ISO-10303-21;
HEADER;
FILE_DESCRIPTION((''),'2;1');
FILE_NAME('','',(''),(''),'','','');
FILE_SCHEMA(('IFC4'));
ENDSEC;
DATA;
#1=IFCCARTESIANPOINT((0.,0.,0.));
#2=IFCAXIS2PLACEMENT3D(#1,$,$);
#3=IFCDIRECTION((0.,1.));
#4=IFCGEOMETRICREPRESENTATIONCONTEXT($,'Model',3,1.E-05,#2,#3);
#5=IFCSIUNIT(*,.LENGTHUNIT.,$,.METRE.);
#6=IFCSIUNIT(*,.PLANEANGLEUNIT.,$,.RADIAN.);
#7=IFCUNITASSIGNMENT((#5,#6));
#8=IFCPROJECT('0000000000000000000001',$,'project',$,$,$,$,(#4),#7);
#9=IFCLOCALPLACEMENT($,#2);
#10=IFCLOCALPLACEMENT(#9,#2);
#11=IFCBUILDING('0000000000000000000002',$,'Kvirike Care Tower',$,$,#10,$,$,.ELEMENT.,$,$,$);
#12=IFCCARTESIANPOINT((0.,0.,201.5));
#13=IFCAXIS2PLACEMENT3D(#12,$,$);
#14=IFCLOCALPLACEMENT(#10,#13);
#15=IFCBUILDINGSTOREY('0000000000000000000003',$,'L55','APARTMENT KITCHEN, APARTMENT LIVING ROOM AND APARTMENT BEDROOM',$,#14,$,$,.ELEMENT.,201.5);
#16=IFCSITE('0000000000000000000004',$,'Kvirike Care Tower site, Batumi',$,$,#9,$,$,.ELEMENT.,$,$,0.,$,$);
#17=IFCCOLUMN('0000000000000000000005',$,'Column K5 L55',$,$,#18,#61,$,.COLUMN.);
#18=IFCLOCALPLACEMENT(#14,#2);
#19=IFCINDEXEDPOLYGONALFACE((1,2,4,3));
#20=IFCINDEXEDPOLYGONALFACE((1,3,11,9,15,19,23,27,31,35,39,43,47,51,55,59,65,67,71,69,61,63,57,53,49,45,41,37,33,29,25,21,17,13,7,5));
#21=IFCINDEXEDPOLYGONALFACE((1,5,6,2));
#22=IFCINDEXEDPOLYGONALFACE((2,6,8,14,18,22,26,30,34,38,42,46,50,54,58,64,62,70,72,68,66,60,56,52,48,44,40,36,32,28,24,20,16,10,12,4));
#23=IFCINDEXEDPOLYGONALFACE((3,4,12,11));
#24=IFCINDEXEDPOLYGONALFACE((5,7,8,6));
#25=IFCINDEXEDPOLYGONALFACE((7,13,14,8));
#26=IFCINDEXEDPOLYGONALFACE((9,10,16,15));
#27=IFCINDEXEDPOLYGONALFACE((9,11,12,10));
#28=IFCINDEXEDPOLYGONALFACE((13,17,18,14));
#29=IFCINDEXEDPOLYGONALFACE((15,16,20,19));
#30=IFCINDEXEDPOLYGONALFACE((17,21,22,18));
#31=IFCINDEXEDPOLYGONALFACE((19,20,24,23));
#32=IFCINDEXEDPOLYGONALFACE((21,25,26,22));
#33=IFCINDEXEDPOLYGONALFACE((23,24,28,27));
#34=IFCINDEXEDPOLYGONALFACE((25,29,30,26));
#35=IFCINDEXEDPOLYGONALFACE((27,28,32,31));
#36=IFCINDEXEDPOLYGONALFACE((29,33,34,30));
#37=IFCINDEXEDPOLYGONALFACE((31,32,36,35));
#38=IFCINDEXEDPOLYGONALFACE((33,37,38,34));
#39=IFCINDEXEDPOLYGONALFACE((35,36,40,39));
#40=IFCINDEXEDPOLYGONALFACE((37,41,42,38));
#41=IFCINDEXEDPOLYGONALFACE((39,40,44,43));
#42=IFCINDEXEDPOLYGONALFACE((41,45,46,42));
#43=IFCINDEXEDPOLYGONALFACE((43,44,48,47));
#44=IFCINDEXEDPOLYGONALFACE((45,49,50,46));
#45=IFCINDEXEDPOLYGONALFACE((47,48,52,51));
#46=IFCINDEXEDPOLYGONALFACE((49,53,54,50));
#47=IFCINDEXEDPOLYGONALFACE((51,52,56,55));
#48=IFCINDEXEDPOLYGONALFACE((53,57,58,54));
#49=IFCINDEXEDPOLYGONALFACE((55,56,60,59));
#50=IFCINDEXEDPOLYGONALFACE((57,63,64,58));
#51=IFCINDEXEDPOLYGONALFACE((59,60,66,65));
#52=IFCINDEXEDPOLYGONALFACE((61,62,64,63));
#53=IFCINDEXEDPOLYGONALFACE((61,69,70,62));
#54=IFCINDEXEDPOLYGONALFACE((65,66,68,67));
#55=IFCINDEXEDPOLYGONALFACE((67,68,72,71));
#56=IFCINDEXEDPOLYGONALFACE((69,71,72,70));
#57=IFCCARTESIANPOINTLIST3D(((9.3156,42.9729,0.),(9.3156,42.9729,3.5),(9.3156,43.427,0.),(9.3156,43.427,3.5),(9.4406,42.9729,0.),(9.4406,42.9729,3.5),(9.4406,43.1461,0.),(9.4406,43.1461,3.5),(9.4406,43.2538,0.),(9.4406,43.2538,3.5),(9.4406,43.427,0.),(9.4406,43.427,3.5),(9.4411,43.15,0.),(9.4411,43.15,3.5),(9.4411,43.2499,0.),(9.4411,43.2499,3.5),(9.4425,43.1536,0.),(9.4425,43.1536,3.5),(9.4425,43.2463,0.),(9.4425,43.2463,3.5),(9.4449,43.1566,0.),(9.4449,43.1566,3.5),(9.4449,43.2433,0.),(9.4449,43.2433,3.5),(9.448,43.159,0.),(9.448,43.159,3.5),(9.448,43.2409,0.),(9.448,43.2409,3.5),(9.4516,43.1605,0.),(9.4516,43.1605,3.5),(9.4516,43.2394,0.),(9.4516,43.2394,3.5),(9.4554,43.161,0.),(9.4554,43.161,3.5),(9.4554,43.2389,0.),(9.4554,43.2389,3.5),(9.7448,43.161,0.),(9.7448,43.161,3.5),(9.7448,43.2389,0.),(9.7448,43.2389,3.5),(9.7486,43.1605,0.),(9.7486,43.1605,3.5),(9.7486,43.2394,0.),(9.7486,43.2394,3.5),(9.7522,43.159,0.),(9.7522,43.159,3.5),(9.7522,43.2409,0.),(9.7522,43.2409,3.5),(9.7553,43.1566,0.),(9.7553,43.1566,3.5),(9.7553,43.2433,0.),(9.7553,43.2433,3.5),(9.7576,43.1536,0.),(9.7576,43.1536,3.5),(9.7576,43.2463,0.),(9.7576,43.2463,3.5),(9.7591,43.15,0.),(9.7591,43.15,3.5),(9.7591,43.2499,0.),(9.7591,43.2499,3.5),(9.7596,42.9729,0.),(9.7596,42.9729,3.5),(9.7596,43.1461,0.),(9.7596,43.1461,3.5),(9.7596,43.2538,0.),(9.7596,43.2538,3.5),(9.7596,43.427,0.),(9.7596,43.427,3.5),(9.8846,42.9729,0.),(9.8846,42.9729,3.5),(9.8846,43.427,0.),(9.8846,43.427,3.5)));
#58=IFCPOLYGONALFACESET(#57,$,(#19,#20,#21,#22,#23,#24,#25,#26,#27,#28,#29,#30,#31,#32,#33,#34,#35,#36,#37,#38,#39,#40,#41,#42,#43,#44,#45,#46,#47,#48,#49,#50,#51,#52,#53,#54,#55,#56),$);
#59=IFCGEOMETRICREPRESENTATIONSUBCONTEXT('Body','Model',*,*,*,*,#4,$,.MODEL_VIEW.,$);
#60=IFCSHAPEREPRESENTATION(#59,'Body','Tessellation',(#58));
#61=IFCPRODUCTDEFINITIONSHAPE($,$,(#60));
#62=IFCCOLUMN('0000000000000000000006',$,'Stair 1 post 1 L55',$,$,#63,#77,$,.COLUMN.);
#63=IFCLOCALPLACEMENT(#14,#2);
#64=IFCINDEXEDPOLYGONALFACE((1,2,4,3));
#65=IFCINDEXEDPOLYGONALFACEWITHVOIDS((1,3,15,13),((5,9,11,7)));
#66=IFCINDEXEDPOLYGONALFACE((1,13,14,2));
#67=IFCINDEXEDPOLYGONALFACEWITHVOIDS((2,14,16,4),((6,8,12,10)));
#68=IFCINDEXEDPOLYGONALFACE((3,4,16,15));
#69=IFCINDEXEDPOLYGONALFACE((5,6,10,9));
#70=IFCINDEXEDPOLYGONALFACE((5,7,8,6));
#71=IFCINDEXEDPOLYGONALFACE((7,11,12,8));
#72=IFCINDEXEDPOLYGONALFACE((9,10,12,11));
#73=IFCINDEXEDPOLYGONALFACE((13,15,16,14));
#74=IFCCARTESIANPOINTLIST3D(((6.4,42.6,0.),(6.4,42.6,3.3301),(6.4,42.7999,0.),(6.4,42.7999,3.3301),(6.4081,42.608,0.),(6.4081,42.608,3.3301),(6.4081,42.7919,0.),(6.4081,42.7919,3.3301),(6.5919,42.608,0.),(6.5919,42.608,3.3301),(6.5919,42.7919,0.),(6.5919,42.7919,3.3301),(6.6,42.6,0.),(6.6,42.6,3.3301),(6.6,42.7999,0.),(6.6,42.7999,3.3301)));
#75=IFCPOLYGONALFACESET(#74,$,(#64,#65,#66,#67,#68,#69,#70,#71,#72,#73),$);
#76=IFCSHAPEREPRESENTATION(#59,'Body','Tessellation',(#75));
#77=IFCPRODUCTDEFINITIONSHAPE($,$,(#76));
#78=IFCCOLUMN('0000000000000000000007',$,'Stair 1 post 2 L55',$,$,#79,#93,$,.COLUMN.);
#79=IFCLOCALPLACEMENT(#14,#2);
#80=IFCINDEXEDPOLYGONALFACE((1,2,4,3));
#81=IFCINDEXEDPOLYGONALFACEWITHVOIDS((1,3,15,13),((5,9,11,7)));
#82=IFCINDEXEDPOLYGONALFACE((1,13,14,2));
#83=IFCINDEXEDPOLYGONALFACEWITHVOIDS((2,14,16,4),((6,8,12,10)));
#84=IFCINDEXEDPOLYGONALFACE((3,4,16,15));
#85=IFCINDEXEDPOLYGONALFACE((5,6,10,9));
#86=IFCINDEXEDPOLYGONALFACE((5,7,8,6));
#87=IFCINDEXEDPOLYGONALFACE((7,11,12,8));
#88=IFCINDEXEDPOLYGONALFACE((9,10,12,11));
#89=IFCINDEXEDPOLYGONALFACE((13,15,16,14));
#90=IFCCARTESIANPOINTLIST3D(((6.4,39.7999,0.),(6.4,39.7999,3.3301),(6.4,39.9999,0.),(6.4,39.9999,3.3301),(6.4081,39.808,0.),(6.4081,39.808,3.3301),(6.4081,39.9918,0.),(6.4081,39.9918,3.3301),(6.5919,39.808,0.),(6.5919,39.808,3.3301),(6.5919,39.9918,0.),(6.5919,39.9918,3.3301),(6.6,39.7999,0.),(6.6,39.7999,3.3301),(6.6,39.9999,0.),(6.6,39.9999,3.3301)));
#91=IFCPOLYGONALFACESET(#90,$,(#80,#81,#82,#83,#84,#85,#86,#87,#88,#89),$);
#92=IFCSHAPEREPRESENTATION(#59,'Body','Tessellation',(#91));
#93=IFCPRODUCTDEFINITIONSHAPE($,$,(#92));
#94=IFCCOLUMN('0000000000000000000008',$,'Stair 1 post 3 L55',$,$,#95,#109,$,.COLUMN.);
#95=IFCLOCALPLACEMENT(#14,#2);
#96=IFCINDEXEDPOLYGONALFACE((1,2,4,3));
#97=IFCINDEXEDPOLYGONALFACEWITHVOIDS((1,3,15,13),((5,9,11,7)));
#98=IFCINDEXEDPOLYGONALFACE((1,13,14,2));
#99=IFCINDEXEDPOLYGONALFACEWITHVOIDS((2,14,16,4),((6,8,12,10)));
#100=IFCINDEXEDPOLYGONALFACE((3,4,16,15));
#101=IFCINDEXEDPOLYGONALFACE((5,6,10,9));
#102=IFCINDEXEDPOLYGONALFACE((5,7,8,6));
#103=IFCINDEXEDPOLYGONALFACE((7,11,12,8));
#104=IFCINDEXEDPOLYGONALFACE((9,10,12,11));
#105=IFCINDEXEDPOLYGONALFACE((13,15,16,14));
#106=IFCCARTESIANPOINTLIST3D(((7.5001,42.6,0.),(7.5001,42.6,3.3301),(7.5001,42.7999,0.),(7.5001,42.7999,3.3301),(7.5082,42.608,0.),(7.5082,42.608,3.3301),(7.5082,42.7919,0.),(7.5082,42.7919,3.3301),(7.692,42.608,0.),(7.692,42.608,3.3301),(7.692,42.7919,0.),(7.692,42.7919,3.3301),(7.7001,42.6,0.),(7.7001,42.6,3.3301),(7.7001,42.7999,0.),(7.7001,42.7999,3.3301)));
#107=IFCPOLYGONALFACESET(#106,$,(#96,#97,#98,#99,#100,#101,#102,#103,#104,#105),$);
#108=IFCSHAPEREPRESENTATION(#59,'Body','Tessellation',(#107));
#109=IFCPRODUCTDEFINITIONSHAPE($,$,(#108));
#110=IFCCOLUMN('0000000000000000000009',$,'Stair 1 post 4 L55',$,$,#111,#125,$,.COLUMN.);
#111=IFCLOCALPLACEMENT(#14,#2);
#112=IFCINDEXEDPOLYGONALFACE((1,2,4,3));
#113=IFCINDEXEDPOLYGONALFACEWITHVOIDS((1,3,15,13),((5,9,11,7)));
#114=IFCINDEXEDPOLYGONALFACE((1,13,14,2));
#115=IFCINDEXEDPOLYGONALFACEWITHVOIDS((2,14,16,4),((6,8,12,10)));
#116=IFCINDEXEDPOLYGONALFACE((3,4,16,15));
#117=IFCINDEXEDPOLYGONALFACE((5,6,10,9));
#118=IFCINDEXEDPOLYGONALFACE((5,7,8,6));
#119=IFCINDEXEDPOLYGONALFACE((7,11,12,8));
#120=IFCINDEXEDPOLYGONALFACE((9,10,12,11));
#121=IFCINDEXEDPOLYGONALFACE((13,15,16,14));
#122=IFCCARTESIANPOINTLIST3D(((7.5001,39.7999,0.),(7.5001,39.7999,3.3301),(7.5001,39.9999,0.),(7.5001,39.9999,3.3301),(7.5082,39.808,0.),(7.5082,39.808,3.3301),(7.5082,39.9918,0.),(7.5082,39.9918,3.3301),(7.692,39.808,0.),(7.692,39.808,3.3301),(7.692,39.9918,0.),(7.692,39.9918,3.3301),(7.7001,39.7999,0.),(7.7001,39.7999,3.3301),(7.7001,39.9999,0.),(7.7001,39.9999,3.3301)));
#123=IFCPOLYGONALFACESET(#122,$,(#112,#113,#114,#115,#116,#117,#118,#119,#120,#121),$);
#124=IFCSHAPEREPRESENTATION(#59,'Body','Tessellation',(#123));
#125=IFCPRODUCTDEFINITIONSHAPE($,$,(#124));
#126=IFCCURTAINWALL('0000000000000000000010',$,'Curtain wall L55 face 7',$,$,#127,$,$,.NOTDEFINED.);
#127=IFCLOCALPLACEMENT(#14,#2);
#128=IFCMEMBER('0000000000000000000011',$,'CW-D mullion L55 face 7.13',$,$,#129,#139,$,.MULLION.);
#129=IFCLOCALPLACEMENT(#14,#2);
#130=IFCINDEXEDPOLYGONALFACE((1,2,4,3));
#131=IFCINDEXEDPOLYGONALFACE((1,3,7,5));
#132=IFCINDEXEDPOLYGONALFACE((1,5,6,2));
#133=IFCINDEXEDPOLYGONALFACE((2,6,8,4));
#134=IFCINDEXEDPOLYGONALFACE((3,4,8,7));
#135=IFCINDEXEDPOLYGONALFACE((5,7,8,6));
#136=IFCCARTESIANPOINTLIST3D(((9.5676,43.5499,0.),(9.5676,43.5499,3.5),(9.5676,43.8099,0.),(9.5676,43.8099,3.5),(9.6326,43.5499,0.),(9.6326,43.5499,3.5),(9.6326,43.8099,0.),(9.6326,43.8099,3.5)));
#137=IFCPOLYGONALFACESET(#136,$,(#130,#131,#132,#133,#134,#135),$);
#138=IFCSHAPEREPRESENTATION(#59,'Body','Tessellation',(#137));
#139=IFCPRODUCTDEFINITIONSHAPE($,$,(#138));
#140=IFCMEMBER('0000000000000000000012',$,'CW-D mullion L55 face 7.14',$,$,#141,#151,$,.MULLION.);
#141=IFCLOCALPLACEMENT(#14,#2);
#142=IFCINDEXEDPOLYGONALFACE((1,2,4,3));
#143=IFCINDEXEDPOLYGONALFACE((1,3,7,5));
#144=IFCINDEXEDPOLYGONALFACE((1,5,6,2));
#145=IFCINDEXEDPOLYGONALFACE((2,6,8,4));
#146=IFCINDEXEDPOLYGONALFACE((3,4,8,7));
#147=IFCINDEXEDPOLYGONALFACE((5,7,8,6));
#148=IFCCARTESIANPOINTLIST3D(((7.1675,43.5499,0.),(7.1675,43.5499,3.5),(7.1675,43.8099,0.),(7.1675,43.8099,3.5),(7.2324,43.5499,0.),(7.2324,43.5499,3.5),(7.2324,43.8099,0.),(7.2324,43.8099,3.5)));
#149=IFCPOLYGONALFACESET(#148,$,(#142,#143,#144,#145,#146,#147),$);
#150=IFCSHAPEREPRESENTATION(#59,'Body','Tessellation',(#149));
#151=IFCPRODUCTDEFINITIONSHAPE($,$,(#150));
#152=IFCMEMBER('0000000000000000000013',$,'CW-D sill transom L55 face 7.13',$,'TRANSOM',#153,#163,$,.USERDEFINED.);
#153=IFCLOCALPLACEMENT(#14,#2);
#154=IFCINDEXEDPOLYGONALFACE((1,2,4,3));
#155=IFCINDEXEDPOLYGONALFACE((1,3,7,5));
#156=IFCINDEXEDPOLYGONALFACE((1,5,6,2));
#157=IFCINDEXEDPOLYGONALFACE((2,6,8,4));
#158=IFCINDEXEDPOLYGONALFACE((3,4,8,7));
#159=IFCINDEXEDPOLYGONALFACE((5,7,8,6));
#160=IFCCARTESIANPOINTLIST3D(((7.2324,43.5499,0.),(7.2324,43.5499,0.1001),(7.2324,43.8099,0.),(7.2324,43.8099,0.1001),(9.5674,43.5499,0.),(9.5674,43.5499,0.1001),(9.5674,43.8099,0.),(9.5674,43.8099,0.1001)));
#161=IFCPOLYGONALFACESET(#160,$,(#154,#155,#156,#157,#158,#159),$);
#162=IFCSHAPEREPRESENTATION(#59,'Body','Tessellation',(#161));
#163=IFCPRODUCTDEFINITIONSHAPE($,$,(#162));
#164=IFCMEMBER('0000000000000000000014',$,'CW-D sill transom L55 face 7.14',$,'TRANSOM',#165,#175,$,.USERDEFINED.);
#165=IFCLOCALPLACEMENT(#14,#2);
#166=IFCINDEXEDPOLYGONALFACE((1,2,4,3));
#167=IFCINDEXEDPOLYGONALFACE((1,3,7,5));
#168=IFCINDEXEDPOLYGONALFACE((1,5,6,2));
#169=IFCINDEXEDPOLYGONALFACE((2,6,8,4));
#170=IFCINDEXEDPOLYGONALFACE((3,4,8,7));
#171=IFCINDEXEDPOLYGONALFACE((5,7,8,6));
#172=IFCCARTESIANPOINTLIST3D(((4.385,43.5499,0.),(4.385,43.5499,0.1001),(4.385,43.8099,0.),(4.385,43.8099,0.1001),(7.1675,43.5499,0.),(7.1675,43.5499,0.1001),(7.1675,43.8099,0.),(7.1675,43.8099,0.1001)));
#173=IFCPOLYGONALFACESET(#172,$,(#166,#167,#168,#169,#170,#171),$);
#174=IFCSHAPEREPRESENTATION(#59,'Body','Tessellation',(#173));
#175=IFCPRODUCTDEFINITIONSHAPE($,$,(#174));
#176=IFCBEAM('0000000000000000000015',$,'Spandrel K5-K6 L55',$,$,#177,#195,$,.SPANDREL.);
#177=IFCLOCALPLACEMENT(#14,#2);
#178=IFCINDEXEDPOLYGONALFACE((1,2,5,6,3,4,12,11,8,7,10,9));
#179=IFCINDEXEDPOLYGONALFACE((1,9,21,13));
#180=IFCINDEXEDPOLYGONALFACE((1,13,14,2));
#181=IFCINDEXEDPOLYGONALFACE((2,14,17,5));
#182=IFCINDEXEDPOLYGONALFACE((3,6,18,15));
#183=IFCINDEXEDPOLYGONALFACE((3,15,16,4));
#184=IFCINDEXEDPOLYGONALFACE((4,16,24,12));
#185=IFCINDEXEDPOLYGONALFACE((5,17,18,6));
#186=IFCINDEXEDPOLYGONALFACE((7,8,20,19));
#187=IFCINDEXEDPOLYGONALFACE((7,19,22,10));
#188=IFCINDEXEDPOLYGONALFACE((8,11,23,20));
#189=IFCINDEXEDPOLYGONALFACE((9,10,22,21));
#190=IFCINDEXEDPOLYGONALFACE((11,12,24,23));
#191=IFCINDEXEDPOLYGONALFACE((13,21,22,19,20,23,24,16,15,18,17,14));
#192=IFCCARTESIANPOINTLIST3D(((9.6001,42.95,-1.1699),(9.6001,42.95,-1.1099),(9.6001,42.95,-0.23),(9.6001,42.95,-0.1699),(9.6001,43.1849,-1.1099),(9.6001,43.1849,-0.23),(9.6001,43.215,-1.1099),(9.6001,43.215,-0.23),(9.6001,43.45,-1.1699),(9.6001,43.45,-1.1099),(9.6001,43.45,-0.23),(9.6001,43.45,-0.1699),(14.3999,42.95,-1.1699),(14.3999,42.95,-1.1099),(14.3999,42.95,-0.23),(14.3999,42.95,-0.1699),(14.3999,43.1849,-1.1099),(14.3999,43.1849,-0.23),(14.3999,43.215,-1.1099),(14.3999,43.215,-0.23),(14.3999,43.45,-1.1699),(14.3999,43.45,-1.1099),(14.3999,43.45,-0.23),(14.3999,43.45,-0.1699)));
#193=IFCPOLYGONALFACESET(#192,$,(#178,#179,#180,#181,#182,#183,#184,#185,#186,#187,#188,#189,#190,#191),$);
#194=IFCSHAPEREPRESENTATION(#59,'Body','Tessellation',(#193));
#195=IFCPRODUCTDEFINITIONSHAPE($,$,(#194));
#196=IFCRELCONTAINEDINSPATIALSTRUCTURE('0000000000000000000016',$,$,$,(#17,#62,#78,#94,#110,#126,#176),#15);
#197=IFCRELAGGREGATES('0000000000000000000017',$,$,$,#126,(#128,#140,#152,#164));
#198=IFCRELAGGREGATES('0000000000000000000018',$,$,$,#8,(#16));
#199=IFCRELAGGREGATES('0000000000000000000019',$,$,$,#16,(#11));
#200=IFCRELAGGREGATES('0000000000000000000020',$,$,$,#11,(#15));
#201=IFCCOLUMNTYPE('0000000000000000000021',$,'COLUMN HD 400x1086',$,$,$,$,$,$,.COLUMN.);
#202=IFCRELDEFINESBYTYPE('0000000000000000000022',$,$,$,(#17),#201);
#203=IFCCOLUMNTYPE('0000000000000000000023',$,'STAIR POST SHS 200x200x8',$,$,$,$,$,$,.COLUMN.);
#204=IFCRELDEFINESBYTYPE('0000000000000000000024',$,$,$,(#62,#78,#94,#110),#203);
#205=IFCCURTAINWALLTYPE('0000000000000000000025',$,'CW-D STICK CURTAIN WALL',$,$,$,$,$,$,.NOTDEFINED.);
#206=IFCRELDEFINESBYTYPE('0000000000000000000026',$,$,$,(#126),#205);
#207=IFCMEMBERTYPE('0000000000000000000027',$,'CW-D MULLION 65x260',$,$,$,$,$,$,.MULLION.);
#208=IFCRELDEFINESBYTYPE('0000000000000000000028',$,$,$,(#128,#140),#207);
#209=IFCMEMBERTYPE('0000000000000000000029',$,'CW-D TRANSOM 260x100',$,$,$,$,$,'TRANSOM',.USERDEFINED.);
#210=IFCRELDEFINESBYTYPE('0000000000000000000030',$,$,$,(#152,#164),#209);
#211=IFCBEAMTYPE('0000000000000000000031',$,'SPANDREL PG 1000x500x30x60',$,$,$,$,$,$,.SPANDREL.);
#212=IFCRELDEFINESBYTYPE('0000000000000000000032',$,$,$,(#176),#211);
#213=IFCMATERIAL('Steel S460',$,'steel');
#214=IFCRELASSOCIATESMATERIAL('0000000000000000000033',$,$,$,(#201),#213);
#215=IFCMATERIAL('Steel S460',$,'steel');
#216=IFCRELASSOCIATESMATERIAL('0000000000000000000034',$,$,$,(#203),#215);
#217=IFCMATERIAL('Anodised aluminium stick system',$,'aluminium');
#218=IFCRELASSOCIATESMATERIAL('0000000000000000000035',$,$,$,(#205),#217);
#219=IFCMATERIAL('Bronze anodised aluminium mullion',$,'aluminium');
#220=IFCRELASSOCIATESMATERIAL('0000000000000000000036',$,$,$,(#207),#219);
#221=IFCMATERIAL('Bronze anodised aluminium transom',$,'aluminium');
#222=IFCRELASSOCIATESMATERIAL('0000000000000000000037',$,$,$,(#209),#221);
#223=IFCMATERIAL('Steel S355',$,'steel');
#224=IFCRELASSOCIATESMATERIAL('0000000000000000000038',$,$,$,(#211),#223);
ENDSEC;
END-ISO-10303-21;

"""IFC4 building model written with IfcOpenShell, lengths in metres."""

from ifc_helpers import new_model, si_unit, direction, frame, origin, origin_2d, place, context, subcontext, project, spatial, rectangle, hollow_rectangle, i_section, extrude, material, material_profile, profile_set, type_object, element, aggregate, save


model = new_model("IFC4")

# Units and contexts
model_context = context("Model", 3, precision=1e-05, world=origin(), true_north=direction((0.0, 1.0)))
body_context = subcontext(model_context, "Body", "Model", "MODEL_VIEW")
ifc_project = project(units=[si_unit("LENGTHUNIT", "METRE"), si_unit("PLANEANGLEUNIT", "RADIAN")], contexts=[model_context])

# Site, building, storey
site_placement = place(None, origin())
site = spatial("IfcSite", under=ifc_project, at=site_placement, Name="Kvirike Care Tower site, Batumi", CompositionType="ELEMENT", RefElevation=0.0)
building_placement = place(site_placement, origin())
building = spatial("IfcBuilding", under=site, at=building_placement, Name="Kvirike Care Tower", CompositionType="ELEMENT")
storey_placement = place(building_placement, frame((0.0, 0.0, 201.5)))
storey = spatial("IfcBuildingStorey", under=building, at=storey_placement, Name="L55", Description="APARTMENT KITCHEN, APARTMENT LIVING ROOM AND APARTMENT BEDROOM", CompositionType="ELEMENT", Elevation=201.5)

# Columns
ifc_material_1 = material(Name="Steel S460", Category="steel")
ifc_material_profile_1 = material_profile(ifc_material_1, i_section(OverallWidth=0.4541, OverallDepth=0.5691, WebThickness=0.0779, FlangeThickness=0.125, FilletRadius=0.0149, at=origin_2d()), Name="HD 400x1086")
ifc_profile_set_1 = profile_set([ifc_material_profile_1], Name="Steel S460")
column_type_1 = type_object("IfcColumnType", Name="COLUMN HD 400x1086", PredefinedType="COLUMN", material=ifc_profile_set_1)
column_placement = place(storey_placement, frame((9.6001, 43.2, 0.0), z_axis=(0.0, 0.0, 1.0), x_axis=(0.0, 1.0, 0.0)))
element("IfcColumn", 1, at=column_placement, inside=storey, type_object=column_type_1, Name="Column K5 L55", PredefinedType="COLUMN", context=body_context, shape_type="SweptSolid", body=[
    extrude(i_section(OverallWidth=0.4541, OverallDepth=0.5691, WebThickness=0.0779, FlangeThickness=0.125, FilletRadius=0.0149, at=origin_2d()), origin(), (0.0, 0.0, 1.0), 3.5),
])
ifc_material_2 = material(Name="Steel S460", Category="steel")
ifc_material_profile_2 = material_profile(ifc_material_2, hollow_rectangle(XDim=0.2, YDim=0.2, WallThickness=0.0081, at=origin_2d()), Name="SHS 200x200x8")
ifc_profile_set_2 = profile_set([ifc_material_profile_2], Name="Steel S460")
column_type_2 = type_object("IfcColumnType", Name="STAIR POST SHS 200x200x8", PredefinedType="COLUMN", material=ifc_profile_set_2)
for number, where, z_axis, x_axis, name in (
    (2, (6.5, 42.7, 0.0), (0.0, 0.0, 1.0), (1.0, 0.0, 0.0), "Stair 1 post 1 L55"),
    (3, (6.5, 39.8999, 0.0), (0.0, 0.0, 1.0), (1.0, 0.0, 0.0), "Stair 1 post 2 L55"),
    (4, (7.6001, 42.7, 0.0), (0.0, 0.0, 1.0), (1.0, 0.0, 0.0), "Stair 1 post 3 L55"),
    (5, (7.6001, 39.8999, 0.0), (0.0, 0.0, 1.0), (1.0, 0.0, 0.0), "Stair 1 post 4 L55"),
):
    element("IfcColumn", number, at=place(storey_placement, frame(where, z_axis=z_axis, x_axis=x_axis)), inside=storey, type_object=column_type_2, Name=name, PredefinedType="COLUMN", context=body_context, shape_type="SweptSolid", body=[
        extrude(hollow_rectangle(XDim=0.2, YDim=0.2, WallThickness=0.0081, at=origin_2d()), origin(), (0.0, 0.0, 1.0), 3.3301),
    ])

# Curtain wall, members
ifc_material_3 = material(Name="Anodised aluminium stick system", Category="aluminium")
curtain_wall_type = type_object("IfcCurtainWallType", Name="CW-D STICK CURTAIN WALL", PredefinedType="NOTDEFINED", material=ifc_material_3)
curtain_wall_placement = place(storey_placement, origin())
curtain_wall = element("IfcCurtainWall", 6, at=curtain_wall_placement, inside=storey, type_object=curtain_wall_type, Name="Curtain wall L55 face 7", PredefinedType="NOTDEFINED")
ifc_material_4 = material(Name="Bronze anodised aluminium mullion", Category="aluminium")
ifc_material_profile_3 = material_profile(ifc_material_4, rectangle(XDim=0.0649, YDim=0.26, at=origin_2d()), Name="CW-D MULLION 65x260")
ifc_profile_set_3 = profile_set([ifc_material_profile_3], Name="Bronze anodised aluminium mullion")
member_type_1 = type_object("IfcMemberType", Name="CW-D MULLION 65x260", PredefinedType="MULLION", material=ifc_profile_set_3)
member_1_placement = place(storey_placement, frame((9.6001, 43.6799, 0.0), z_axis=(0.0, 0.0, 1.0), x_axis=(-1.0, 0.0, 0.0)))
member_1 = element("IfcMember", 7, at=member_1_placement, type_object=member_type_1, Name="CW-D mullion L55 face 7.13", PredefinedType="MULLION", context=body_context, shape_type="SweptSolid", body=[
    extrude(rectangle(XDim=0.0649, YDim=0.26, at=origin_2d()), origin(), (0.0, 0.0, 1.0), 3.5),
])
member_2_placement = place(storey_placement, frame((7.2, 43.6799, 0.0), z_axis=(0.0, 0.0, 1.0), x_axis=(-1.0, 0.0, 0.0)))
member_2 = element("IfcMember", 8, at=member_2_placement, type_object=member_type_1, Name="CW-D mullion L55 face 7.14", PredefinedType="MULLION", context=body_context, shape_type="SweptSolid", body=[
    extrude(rectangle(XDim=0.0649, YDim=0.26, at=origin_2d()), origin(), (0.0, 0.0, 1.0), 3.5),
])
ifc_material_5 = material(Name="Bronze anodised aluminium transom", Category="aluminium")
ifc_material_profile_4 = material_profile(ifc_material_5, rectangle(XDim=0.26, YDim=0.1001, at=origin_2d()), Name="CW-D TRANSOM 260x100")
ifc_profile_set_4 = profile_set([ifc_material_profile_4], Name="Bronze anodised aluminium transom")
member_type_2 = type_object("IfcMemberType", Name="CW-D TRANSOM 260x100", ElementType="TRANSOM", PredefinedType="USERDEFINED", material=ifc_profile_set_4)
member_3_placement = place(storey_placement, frame((9.5674, 43.6799, 0.05), z_axis=(-1.0, 0.0, 0.0), x_axis=(0.0, -1.0, 0.0)))
member_3 = element("IfcMember", 9, at=member_3_placement, type_object=member_type_2, Name="CW-D sill transom L55 face 7.13", ObjectType="TRANSOM", PredefinedType="USERDEFINED", context=body_context, shape_type="SweptSolid", body=[
    extrude(rectangle(XDim=0.26, YDim=0.1001, at=origin_2d()), origin(), (0.0, 0.0, 1.0), 2.335),
])
member_4_placement = place(storey_placement, frame((7.1675, 43.6799, 0.05), z_axis=(-1.0, 0.0, 0.0), x_axis=(0.0, -1.0, 0.0)))
member_4 = element("IfcMember", 10, at=member_4_placement, type_object=member_type_2, Name="CW-D sill transom L55 face 7.14", ObjectType="TRANSOM", PredefinedType="USERDEFINED", context=body_context, shape_type="SweptSolid", body=[
    extrude(rectangle(XDim=0.26, YDim=0.1001, at=origin_2d()), origin(), (0.0, 0.0, 1.0), 2.7825),
])

# Beam
ifc_material_6 = material(Name="Steel S355", Category="steel")
ifc_material_profile_5 = material_profile(ifc_material_6, i_section(OverallWidth=0.5, OverallDepth=1.0, WebThickness=0.03, FlangeThickness=0.0601, at=origin_2d()), Name="PG 1000x500x30x60")
ifc_profile_set_5 = profile_set([ifc_material_profile_5], Name="Steel S355")
beam_type_1 = type_object("IfcBeamType", Name="SPANDREL PG 1000x500x30x60", PredefinedType="SPANDREL", material=ifc_profile_set_5)
beam_placement = place(storey_placement, frame((9.6001, 43.2, -0.6699), z_axis=(1.0, 0.0, 0.0), x_axis=(0.0, 1.0, 0.0)))
element("IfcBeam", 11, at=beam_placement, inside=storey, type_object=beam_type_1, Name="Spandrel K5-K6 L55", PredefinedType="SPANDREL", context=body_context, shape_type="SweptSolid", body=[
    extrude(i_section(OverallWidth=0.5, OverallDepth=1.0, WebThickness=0.03, FlangeThickness=0.0601, at=origin_2d()), origin(), (0.0, 0.0, 1.0), 4.7998),
])

aggregate(curtain_wall, [member_1, member_2, member_3, member_4])

save(model, "model.ifc")
